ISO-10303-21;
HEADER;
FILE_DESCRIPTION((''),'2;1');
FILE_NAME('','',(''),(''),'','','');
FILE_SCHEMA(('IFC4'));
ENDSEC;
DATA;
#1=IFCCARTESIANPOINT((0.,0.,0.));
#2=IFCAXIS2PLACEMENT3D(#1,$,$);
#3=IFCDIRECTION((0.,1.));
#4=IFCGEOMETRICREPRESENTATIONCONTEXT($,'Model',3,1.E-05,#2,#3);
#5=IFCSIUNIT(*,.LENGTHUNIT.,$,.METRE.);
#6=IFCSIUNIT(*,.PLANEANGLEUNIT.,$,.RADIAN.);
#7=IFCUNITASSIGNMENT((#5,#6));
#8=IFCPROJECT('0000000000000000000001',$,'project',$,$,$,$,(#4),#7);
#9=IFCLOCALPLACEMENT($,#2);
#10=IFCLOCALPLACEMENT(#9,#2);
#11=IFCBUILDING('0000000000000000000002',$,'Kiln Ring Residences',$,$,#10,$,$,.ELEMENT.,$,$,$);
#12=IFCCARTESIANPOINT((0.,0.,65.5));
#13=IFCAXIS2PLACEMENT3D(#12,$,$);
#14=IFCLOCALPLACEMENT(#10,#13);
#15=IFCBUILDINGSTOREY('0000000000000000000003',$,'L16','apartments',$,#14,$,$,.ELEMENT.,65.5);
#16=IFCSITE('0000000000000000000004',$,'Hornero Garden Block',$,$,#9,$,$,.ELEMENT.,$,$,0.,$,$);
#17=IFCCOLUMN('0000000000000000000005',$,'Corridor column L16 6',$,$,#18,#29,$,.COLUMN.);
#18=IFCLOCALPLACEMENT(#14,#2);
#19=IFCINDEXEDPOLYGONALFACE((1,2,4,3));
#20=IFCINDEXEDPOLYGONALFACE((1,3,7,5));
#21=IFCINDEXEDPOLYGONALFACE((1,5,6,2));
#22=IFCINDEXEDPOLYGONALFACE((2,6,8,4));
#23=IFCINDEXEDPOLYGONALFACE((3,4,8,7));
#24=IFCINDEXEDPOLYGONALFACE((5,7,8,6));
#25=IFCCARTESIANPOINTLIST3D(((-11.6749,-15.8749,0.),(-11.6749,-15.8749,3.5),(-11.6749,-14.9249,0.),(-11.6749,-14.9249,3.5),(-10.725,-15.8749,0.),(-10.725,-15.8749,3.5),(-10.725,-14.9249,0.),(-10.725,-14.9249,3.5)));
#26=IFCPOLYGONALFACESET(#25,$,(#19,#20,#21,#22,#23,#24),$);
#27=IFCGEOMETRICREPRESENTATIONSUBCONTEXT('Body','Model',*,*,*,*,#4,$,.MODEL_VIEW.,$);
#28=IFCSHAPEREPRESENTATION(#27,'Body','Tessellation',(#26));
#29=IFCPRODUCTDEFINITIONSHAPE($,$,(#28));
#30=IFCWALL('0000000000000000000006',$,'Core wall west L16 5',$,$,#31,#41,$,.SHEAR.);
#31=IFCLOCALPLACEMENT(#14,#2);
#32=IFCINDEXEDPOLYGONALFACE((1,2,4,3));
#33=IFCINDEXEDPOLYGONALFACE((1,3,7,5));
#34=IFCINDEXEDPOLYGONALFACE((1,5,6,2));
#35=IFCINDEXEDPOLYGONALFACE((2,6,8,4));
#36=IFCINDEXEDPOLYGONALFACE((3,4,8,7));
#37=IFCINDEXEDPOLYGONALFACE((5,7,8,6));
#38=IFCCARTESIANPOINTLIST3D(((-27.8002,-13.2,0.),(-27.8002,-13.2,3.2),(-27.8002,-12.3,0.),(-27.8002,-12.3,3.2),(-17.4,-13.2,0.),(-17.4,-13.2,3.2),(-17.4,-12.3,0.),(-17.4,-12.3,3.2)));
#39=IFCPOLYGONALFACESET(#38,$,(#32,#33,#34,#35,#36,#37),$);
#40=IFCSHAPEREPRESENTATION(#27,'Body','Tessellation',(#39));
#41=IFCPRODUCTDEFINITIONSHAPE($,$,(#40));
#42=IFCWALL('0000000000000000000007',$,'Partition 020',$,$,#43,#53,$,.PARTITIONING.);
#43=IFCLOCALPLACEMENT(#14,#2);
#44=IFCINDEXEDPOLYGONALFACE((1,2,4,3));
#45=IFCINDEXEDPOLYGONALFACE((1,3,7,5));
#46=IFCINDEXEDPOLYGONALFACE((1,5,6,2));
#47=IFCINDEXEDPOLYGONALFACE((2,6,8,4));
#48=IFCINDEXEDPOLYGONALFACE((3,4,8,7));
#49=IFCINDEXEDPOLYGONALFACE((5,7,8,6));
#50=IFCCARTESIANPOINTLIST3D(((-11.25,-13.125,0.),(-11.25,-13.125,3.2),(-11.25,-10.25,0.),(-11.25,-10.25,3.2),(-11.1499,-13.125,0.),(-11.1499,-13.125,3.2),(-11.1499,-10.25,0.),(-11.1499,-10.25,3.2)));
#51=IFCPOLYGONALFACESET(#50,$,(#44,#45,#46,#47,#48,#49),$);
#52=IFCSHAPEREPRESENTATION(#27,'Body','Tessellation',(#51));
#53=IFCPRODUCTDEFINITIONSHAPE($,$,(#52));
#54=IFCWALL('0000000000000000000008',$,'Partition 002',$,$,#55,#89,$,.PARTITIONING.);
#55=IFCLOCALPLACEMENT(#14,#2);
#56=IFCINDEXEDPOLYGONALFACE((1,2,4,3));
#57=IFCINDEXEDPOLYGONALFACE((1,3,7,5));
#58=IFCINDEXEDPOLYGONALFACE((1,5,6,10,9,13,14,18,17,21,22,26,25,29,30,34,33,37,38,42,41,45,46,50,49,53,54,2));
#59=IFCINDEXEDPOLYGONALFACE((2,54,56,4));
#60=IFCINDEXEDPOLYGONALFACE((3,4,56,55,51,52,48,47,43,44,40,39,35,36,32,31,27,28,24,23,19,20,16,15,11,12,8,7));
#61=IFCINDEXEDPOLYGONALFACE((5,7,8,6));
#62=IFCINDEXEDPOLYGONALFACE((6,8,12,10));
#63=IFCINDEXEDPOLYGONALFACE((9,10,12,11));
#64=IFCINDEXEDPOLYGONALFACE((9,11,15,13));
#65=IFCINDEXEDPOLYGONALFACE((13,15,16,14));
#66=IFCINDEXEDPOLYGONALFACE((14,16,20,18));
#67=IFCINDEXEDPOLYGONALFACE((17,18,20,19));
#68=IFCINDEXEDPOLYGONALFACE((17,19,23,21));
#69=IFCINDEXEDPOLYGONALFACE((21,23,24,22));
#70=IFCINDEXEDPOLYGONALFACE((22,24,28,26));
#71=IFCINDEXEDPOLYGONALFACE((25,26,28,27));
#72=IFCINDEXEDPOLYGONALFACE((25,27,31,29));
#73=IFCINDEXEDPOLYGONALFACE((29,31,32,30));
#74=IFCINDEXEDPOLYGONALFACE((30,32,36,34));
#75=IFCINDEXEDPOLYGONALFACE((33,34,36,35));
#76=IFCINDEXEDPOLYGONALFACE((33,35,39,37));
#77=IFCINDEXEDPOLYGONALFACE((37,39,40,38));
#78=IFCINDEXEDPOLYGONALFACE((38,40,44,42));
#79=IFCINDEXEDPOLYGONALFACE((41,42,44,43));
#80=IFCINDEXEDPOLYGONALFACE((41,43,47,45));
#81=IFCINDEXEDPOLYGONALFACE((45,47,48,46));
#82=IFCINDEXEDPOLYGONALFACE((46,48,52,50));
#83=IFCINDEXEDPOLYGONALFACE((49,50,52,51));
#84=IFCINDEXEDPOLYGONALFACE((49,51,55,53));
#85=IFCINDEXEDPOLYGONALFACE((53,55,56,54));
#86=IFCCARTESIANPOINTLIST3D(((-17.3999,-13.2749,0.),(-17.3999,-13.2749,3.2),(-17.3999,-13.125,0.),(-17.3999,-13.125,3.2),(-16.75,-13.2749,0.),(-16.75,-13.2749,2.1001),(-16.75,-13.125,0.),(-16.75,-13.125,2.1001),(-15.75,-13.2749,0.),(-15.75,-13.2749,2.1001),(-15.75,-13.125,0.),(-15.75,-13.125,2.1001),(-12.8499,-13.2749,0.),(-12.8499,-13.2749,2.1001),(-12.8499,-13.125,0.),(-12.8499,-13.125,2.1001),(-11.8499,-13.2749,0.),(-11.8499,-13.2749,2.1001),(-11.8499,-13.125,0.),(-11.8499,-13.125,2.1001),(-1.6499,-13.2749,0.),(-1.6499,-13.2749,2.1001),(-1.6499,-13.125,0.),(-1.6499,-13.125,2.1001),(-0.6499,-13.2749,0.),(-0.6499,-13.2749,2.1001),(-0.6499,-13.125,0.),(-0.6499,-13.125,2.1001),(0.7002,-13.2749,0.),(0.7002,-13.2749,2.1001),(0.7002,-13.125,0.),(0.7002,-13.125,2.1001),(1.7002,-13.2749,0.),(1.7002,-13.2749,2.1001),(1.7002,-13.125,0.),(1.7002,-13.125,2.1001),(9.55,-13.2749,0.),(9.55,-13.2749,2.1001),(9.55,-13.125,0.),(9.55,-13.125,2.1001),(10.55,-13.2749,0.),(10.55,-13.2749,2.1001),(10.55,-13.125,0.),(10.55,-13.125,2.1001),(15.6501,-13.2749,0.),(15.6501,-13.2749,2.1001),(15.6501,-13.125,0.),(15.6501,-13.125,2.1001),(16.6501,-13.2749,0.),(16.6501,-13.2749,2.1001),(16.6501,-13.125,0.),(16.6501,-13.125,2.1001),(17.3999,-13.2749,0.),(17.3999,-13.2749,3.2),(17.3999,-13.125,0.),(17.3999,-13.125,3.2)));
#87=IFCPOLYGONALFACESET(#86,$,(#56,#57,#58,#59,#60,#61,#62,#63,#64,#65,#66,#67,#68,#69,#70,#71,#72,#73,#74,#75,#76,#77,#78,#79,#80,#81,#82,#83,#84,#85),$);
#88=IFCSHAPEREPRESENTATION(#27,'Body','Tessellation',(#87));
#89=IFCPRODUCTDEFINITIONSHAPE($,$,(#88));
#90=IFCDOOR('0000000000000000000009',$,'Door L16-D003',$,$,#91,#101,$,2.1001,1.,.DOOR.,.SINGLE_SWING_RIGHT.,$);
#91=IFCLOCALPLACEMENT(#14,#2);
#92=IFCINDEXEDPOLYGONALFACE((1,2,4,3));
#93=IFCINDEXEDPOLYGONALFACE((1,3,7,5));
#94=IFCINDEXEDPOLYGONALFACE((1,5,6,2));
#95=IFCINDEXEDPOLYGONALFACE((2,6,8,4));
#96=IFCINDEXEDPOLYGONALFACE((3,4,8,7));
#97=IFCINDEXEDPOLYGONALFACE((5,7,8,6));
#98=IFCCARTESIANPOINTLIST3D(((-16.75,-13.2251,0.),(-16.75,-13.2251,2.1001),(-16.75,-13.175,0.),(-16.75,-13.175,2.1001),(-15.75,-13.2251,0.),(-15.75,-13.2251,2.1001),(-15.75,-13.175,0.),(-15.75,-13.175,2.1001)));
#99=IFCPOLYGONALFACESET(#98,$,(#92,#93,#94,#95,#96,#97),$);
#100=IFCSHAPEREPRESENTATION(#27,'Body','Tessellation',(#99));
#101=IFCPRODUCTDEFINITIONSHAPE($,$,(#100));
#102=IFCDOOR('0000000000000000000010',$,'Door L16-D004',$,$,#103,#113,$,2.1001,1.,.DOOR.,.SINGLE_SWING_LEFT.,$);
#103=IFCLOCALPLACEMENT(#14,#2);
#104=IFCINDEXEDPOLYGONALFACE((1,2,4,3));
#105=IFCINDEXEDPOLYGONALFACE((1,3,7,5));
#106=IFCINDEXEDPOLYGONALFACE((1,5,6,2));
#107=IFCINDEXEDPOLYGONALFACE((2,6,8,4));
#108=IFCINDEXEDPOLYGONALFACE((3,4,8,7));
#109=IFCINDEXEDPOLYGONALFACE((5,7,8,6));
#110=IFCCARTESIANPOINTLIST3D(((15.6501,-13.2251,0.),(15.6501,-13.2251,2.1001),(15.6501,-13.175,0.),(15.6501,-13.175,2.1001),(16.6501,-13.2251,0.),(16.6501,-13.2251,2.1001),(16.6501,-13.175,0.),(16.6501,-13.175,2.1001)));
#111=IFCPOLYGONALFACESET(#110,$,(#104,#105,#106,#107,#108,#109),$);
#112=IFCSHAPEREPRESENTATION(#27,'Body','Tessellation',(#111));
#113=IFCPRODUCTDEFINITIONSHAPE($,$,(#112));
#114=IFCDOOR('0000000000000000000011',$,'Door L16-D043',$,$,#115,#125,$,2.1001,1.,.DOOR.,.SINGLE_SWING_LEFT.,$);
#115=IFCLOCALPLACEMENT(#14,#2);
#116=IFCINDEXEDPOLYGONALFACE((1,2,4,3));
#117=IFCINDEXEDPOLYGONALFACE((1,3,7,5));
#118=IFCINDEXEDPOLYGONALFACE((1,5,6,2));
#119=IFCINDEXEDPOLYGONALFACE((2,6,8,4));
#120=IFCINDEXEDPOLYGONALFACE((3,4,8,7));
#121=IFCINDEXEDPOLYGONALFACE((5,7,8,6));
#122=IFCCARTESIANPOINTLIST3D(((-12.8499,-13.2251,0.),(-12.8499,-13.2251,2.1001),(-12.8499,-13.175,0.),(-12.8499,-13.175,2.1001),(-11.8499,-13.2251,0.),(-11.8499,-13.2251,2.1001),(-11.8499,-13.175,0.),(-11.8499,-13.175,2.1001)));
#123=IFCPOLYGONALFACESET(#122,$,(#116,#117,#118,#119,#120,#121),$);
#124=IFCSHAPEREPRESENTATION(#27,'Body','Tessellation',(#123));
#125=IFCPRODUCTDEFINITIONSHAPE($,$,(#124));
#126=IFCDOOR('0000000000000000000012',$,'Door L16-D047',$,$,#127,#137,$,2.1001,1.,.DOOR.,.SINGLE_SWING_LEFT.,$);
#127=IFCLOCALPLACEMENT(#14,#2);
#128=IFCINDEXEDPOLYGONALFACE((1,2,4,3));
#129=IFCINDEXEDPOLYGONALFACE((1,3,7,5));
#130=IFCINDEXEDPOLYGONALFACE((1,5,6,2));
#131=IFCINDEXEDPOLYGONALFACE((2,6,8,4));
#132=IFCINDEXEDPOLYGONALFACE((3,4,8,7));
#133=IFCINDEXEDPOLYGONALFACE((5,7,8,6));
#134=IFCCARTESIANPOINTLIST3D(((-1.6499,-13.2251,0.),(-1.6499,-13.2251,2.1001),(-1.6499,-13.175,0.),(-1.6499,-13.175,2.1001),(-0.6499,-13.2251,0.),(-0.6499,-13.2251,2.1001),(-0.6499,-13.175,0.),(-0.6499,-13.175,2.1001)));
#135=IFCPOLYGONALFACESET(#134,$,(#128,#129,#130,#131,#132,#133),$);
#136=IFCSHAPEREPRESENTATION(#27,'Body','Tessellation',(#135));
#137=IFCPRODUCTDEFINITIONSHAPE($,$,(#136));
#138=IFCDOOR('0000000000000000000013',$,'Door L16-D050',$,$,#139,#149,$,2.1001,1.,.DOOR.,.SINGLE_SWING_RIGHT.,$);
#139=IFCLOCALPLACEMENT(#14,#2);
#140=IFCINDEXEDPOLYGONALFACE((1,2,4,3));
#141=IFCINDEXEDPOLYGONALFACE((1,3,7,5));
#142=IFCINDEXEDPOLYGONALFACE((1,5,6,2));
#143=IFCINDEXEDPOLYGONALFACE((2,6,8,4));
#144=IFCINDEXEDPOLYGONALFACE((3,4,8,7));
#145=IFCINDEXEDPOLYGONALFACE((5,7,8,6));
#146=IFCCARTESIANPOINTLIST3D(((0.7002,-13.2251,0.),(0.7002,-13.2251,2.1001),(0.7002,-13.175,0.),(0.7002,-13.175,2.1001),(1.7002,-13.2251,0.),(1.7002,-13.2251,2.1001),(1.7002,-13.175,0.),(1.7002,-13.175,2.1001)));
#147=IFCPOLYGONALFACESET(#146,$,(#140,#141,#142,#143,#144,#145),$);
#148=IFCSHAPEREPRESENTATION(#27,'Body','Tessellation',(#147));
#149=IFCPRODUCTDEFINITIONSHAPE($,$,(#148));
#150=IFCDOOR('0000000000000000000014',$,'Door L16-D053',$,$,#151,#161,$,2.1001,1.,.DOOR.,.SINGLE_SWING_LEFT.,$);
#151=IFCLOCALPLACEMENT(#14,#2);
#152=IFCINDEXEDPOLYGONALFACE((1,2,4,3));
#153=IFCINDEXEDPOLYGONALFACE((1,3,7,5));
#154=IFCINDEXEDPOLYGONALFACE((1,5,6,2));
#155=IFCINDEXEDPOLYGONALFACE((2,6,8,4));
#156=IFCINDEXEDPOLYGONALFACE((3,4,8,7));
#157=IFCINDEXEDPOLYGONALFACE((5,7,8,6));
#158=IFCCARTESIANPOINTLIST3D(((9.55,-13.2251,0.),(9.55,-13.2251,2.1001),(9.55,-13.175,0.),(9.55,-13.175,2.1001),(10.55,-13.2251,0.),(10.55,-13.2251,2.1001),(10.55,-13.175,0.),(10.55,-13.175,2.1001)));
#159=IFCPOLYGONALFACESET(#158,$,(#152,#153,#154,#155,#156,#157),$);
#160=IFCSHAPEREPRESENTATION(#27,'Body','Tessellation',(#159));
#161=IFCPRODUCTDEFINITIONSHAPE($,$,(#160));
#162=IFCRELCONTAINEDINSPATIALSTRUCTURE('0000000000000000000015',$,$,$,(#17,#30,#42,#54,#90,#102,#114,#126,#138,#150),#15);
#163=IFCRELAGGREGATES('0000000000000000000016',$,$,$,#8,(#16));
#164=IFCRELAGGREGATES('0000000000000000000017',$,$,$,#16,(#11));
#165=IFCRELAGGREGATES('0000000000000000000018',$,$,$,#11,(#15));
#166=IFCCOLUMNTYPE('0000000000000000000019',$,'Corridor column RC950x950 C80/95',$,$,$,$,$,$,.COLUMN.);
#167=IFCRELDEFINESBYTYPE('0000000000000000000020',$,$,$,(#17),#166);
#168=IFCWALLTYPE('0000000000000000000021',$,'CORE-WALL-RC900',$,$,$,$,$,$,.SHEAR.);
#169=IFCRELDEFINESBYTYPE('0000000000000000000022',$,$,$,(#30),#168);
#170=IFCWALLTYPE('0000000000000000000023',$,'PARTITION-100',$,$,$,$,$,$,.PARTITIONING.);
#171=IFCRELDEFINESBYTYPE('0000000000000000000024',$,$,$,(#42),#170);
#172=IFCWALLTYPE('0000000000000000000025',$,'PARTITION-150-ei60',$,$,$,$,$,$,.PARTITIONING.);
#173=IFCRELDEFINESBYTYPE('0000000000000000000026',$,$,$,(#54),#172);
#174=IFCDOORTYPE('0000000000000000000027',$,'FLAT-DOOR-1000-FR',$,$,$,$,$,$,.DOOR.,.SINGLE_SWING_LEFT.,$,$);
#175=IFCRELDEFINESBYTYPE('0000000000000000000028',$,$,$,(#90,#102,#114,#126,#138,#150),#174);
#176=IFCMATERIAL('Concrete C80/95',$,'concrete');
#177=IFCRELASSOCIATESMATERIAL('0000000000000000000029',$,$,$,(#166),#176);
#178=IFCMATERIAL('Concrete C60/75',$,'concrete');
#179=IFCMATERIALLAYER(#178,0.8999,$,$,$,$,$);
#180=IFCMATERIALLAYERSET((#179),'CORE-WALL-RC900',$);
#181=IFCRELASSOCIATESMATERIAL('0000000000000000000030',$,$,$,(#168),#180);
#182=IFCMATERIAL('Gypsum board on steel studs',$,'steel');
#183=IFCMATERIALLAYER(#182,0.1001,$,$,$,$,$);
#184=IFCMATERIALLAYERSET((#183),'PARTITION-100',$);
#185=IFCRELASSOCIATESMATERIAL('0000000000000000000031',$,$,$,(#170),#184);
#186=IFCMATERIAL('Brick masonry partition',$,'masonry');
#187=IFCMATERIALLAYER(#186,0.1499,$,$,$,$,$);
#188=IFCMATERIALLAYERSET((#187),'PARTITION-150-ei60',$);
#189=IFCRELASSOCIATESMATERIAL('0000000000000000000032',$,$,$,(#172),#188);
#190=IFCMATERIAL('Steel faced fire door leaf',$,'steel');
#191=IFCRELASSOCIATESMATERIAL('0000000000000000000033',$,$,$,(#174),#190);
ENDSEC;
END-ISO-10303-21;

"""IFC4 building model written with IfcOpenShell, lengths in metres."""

from ifc_helpers import new_model, si_unit, direction, frame, frame_2d, origin, origin_2d, place, context, subcontext, project, spatial, rectangle, extrude, material, layer, layer_set, material_profile, profile_set, type_object, element, fill, save


model = new_model("IFC4")

# Units and contexts
model_context = context("Model", 3, precision=1e-05, world=origin(), true_north=direction((0.0, 1.0)))
body_context = subcontext(model_context, "Body", "Model", "MODEL_VIEW")
ifc_project = project(units=[si_unit("LENGTHUNIT", "METRE"), si_unit("PLANEANGLEUNIT", "RADIAN")], contexts=[model_context])

# Site, building, storey
site_placement = place(None, origin())
site = spatial("IfcSite", under=ifc_project, at=site_placement, Name="Hornero Garden Block", CompositionType="ELEMENT", RefElevation=0.0)
building_placement = place(site_placement, origin())
building = spatial("IfcBuilding", under=site, at=building_placement, Name="Kiln Ring Residences", CompositionType="ELEMENT")
storey_placement = place(building_placement, frame((0.0, 0.0, 65.5)))
storey = spatial("IfcBuildingStorey", under=building, at=storey_placement, Name="L16", Description="apartments", CompositionType="ELEMENT", Elevation=65.5)

# Column
ifc_material_1 = material(Name="Concrete C80/95", Category="concrete")
ifc_material_profile = material_profile(ifc_material_1, rectangle(XDim=0.95, YDim=0.95, at=origin_2d()), Name="RC950x950")
ifc_profile_set = profile_set([ifc_material_profile], Name="Concrete C80/95")
column_type = type_object("IfcColumnType", Name="Corridor column RC950x950 C80/95", PredefinedType="COLUMN", material=ifc_profile_set)
column_placement = place(storey_placement, frame((-11.2, -15.3999, 0.0), z_axis=(0.0, 0.0, 1.0), x_axis=(1.0, 0.0, 0.0)))
element("IfcColumn", 1, at=column_placement, inside=storey, type_object=column_type, Name="Corridor column L16 6", PredefinedType="COLUMN", context=body_context, shape_type="SweptSolid", body=[
    extrude(rectangle(XDim=0.95, YDim=0.95, at=origin_2d()), origin(), (0.0, 0.0, 1.0), 3.5),
])

# Walls
ifc_material_2 = material(Name="Concrete C60/75", Category="concrete")
ifc_layer_1 = layer(ifc_material_2, 0.8999)
ifc_layer_set_1 = layer_set([ifc_layer_1], Name="CORE-WALL-RC900")
wall_type_1 = type_object("IfcWallType", Name="CORE-WALL-RC900", PredefinedType="SHEAR", material=ifc_layer_set_1)
wall_1_placement = place(storey_placement, frame((-17.3999, -12.75, 0.0), z_axis=(0.0, 0.0, 1.0), x_axis=(-1.0, 0.0, 0.0)))
element("IfcWall", 2, at=wall_1_placement, inside=storey, type_object=wall_type_1, Name="Core wall west L16 5", PredefinedType="SHEAR", context=body_context, shape_type="SweptSolid", body=[
    extrude(rectangle(XDim=10.4001, YDim=0.8999, at=frame_2d((5.2002, 0.0))), origin(), (0.0, 0.0, 1.0), 3.2),
])
ifc_material_3 = material(Name="Gypsum board on steel studs", Category="steel")
ifc_layer_2 = layer(ifc_material_3, 0.1001)
ifc_layer_set_2 = layer_set([ifc_layer_2], Name="PARTITION-100")
wall_type_2 = type_object("IfcWallType", Name="PARTITION-100", PredefinedType="PARTITIONING", material=ifc_layer_set_2)
wall_2_placement = place(storey_placement, frame((-11.2, -13.125, 0.0), z_axis=(0.0, 0.0, 1.0), x_axis=(0.0, 1.0, 0.0)))
element("IfcWall", 3, at=wall_2_placement, inside=storey, type_object=wall_type_2, Name="Partition 020", PredefinedType="PARTITIONING", context=body_context, shape_type="SweptSolid", body=[
    extrude(rectangle(XDim=2.875, YDim=0.1001, at=frame_2d((1.4375, 0.0))), origin(), (0.0, 0.0, 1.0), 3.2),
])

# Wall, openings, doors
ifc_material_4 = material(Name="Brick masonry partition", Category="masonry")
ifc_layer_3 = layer(ifc_material_4, 0.1499)
ifc_layer_set_3 = layer_set([ifc_layer_3], Name="PARTITION-150-ei60")
wall_type_3 = type_object("IfcWallType", Name="PARTITION-150-ei60", PredefinedType="PARTITIONING", material=ifc_layer_set_3)
wall_3_placement = place(storey_placement, frame((-17.3999, -13.2, 0.0), z_axis=(0.0, 0.0, 1.0), x_axis=(1.0, 0.0, 0.0)))
wall_3 = element("IfcWall", 4, at=wall_3_placement, inside=storey, type_object=wall_type_3, Name="Partition 002", PredefinedType="PARTITIONING", context=body_context, shape_type="SweptSolid", body=[
    extrude(rectangle(XDim=34.7998, YDim=0.1499, at=frame_2d((17.3999, 0.0))), origin(), (0.0, 0.0, 1.0), 3.2),
])
opening_1_placement = place(wall_3_placement, frame((0.6499, 0.0, 0.0)))
opening_1 = element("IfcOpeningElement", 5, at=opening_1_placement, cuts=wall_3, PredefinedType="OPENING", context=body_context, shape_type="SweptSolid", body=[
    extrude(rectangle(XDim=1.0, YDim=2.1001, at=frame_2d((0.5, 1.05))), frame((0.0, 0.085, 0.0), z_axis=(0.0, -1.0, 0.0), x_axis=(1.0, 0.0, 0.0)), (0.0, 0.0, 1.0), 0.1699),
])
opening_2_placement = place(wall_3_placement, frame((33.05, 0.0, 0.0)))
opening_2 = element("IfcOpeningElement", 6, at=opening_2_placement, cuts=wall_3, PredefinedType="OPENING", context=body_context, shape_type="SweptSolid", body=[
    extrude(rectangle(XDim=1.0, YDim=2.1001, at=frame_2d((0.5, 1.05))), frame((0.0, 0.085, 0.0), z_axis=(0.0, -1.0, 0.0), x_axis=(1.0, 0.0, 0.0)), (0.0, 0.0, 1.0), 0.1699),
])
opening_3_placement = place(wall_3_placement, frame((4.55, 0.0, 0.0)))
opening_3 = element("IfcOpeningElement", 7, at=opening_3_placement, cuts=wall_3, PredefinedType="OPENING", context=body_context, shape_type="SweptSolid", body=[
    extrude(rectangle(XDim=1.0, YDim=2.1001, at=frame_2d((0.5, 1.05))), frame((0.0, 0.085, 0.0), z_axis=(0.0, -1.0, 0.0), x_axis=(1.0, 0.0, 0.0)), (0.0, 0.0, 1.0), 0.1699),
])
opening_4_placement = place(wall_3_placement, frame((15.75, 0.0, 0.0)))
opening_4 = element("IfcOpeningElement", 8, at=opening_4_placement, cuts=wall_3, PredefinedType="OPENING", context=body_context, shape_type="SweptSolid", body=[
    extrude(rectangle(XDim=1.0, YDim=2.1001, at=frame_2d((0.5, 1.05))), frame((0.0, 0.085, 0.0), z_axis=(0.0, -1.0, 0.0), x_axis=(1.0, 0.0, 0.0)), (0.0, 0.0, 1.0), 0.1699),
])
opening_5_placement = place(wall_3_placement, frame((18.1001, 0.0, 0.0)))
opening_5 = element("IfcOpeningElement", 9, at=opening_5_placement, cuts=wall_3, PredefinedType="OPENING", context=body_context, shape_type="SweptSolid", body=[
    extrude(rectangle(XDim=1.0, YDim=2.1001, at=frame_2d((0.5, 1.05))), frame((0.0, 0.085, 0.0), z_axis=(0.0, -1.0, 0.0), x_axis=(1.0, 0.0, 0.0)), (0.0, 0.0, 1.0), 0.1699),
])
opening_6_placement = place(wall_3_placement, frame((26.95, 0.0, 0.0)))
opening_6 = element("IfcOpeningElement", 10, at=opening_6_placement, cuts=wall_3, PredefinedType="OPENING", context=body_context, shape_type="SweptSolid", body=[
    extrude(rectangle(XDim=1.0, YDim=2.1001, at=frame_2d((0.5, 1.05))), frame((0.0, 0.085, 0.0), z_axis=(0.0, -1.0, 0.0), x_axis=(1.0, 0.0, 0.0)), (0.0, 0.0, 1.0), 0.1699),
])
ifc_material_5 = material(Name="Steel faced fire door leaf", Category="steel")
door_type = type_object("IfcDoorType", Name="FLAT-DOOR-1000-FR", OperationType="SINGLE_SWING_LEFT", PredefinedType="DOOR", material=ifc_material_5)
door_1_placement = place(opening_1_placement, origin())
door_1 = element("IfcDoor", 11, at=door_1_placement, inside=storey, type_object=door_type, Name="Door L16-D003", OperationType="SINGLE_SWING_RIGHT", OverallHeight=2.1001, OverallWidth=1.0, PredefinedType="DOOR", context=body_context, shape_type="SweptSolid", body=[
    extrude(rectangle(XDim=1.0, YDim=2.1001, at=frame_2d((0.5, 1.05))), frame((0.0, 0.0249, 0.0), z_axis=(0.0, -1.0, 0.0), x_axis=(1.0, 0.0, 0.0)), (0.0, 0.0, 1.0), 0.05),
])
fill(opening_1, door_1)
door_2_placement = place(opening_2_placement, origin())
door_2 = element("IfcDoor", 12, at=door_2_placement, inside=storey, type_object=door_type, Name="Door L16-D004", OperationType="SINGLE_SWING_LEFT", OverallHeight=2.1001, OverallWidth=1.0, PredefinedType="DOOR", context=body_context, shape_type="SweptSolid", body=[
    extrude(rectangle(XDim=1.0, YDim=2.1001, at=frame_2d((0.5, 1.05))), frame((0.0, 0.0249, 0.0), z_axis=(0.0, -1.0, 0.0), x_axis=(1.0, 0.0, 0.0)), (0.0, 0.0, 1.0), 0.05),
])
fill(opening_2, door_2)
door_3_placement = place(opening_3_placement, origin())
door_3 = element("IfcDoor", 13, at=door_3_placement, inside=storey, type_object=door_type, Name="Door L16-D043", OperationType="SINGLE_SWING_LEFT", OverallHeight=2.1001, OverallWidth=1.0, PredefinedType="DOOR", context=body_context, shape_type="SweptSolid", body=[
    extrude(rectangle(XDim=1.0, YDim=2.1001, at=frame_2d((0.5, 1.05))), frame((0.0, 0.0249, 0.0), z_axis=(0.0, -1.0, 0.0), x_axis=(1.0, 0.0, 0.0)), (0.0, 0.0, 1.0), 0.05),
])
fill(opening_3, door_3)
door_4_placement = place(opening_4_placement, origin())
door_4 = element("IfcDoor", 14, at=door_4_placement, inside=storey, type_object=door_type, Name="Door L16-D047", OperationType="SINGLE_SWING_LEFT", OverallHeight=2.1001, OverallWidth=1.0, PredefinedType="DOOR", context=body_context, shape_type="SweptSolid", body=[
    extrude(rectangle(XDim=1.0, YDim=2.1001, at=frame_2d((0.5, 1.05))), frame((0.0, 0.0249, 0.0), z_axis=(0.0, -1.0, 0.0), x_axis=(1.0, 0.0, 0.0)), (0.0, 0.0, 1.0), 0.05),
])
fill(opening_4, door_4)
door_5_placement = place(opening_5_placement, origin())
door_5 = element("IfcDoor", 15, at=door_5_placement, inside=storey, type_object=door_type, Name="Door L16-D050", OperationType="SINGLE_SWING_RIGHT", OverallHeight=2.1001, OverallWidth=1.0, PredefinedType="DOOR", context=body_context, shape_type="SweptSolid", body=[
    extrude(rectangle(XDim=1.0, YDim=2.1001, at=frame_2d((0.5, 1.05))), frame((0.0, 0.0249, 0.0), z_axis=(0.0, -1.0, 0.0), x_axis=(1.0, 0.0, 0.0)), (0.0, 0.0, 1.0), 0.05),
])
fill(opening_5, door_5)
door_6_placement = place(opening_6_placement, origin())
door_6 = element("IfcDoor", 16, at=door_6_placement, inside=storey, type_object=door_type, Name="Door L16-D053", OperationType="SINGLE_SWING_LEFT", OverallHeight=2.1001, OverallWidth=1.0, PredefinedType="DOOR", context=body_context, shape_type="SweptSolid", body=[
    extrude(rectangle(XDim=1.0, YDim=2.1001, at=frame_2d((0.5, 1.05))), frame((0.0, 0.0249, 0.0), z_axis=(0.0, -1.0, 0.0), x_axis=(1.0, 0.0, 0.0)), (0.0, 0.0, 1.0), 0.05),
])
fill(opening_6, door_6)

save(model, "model.ifc")
